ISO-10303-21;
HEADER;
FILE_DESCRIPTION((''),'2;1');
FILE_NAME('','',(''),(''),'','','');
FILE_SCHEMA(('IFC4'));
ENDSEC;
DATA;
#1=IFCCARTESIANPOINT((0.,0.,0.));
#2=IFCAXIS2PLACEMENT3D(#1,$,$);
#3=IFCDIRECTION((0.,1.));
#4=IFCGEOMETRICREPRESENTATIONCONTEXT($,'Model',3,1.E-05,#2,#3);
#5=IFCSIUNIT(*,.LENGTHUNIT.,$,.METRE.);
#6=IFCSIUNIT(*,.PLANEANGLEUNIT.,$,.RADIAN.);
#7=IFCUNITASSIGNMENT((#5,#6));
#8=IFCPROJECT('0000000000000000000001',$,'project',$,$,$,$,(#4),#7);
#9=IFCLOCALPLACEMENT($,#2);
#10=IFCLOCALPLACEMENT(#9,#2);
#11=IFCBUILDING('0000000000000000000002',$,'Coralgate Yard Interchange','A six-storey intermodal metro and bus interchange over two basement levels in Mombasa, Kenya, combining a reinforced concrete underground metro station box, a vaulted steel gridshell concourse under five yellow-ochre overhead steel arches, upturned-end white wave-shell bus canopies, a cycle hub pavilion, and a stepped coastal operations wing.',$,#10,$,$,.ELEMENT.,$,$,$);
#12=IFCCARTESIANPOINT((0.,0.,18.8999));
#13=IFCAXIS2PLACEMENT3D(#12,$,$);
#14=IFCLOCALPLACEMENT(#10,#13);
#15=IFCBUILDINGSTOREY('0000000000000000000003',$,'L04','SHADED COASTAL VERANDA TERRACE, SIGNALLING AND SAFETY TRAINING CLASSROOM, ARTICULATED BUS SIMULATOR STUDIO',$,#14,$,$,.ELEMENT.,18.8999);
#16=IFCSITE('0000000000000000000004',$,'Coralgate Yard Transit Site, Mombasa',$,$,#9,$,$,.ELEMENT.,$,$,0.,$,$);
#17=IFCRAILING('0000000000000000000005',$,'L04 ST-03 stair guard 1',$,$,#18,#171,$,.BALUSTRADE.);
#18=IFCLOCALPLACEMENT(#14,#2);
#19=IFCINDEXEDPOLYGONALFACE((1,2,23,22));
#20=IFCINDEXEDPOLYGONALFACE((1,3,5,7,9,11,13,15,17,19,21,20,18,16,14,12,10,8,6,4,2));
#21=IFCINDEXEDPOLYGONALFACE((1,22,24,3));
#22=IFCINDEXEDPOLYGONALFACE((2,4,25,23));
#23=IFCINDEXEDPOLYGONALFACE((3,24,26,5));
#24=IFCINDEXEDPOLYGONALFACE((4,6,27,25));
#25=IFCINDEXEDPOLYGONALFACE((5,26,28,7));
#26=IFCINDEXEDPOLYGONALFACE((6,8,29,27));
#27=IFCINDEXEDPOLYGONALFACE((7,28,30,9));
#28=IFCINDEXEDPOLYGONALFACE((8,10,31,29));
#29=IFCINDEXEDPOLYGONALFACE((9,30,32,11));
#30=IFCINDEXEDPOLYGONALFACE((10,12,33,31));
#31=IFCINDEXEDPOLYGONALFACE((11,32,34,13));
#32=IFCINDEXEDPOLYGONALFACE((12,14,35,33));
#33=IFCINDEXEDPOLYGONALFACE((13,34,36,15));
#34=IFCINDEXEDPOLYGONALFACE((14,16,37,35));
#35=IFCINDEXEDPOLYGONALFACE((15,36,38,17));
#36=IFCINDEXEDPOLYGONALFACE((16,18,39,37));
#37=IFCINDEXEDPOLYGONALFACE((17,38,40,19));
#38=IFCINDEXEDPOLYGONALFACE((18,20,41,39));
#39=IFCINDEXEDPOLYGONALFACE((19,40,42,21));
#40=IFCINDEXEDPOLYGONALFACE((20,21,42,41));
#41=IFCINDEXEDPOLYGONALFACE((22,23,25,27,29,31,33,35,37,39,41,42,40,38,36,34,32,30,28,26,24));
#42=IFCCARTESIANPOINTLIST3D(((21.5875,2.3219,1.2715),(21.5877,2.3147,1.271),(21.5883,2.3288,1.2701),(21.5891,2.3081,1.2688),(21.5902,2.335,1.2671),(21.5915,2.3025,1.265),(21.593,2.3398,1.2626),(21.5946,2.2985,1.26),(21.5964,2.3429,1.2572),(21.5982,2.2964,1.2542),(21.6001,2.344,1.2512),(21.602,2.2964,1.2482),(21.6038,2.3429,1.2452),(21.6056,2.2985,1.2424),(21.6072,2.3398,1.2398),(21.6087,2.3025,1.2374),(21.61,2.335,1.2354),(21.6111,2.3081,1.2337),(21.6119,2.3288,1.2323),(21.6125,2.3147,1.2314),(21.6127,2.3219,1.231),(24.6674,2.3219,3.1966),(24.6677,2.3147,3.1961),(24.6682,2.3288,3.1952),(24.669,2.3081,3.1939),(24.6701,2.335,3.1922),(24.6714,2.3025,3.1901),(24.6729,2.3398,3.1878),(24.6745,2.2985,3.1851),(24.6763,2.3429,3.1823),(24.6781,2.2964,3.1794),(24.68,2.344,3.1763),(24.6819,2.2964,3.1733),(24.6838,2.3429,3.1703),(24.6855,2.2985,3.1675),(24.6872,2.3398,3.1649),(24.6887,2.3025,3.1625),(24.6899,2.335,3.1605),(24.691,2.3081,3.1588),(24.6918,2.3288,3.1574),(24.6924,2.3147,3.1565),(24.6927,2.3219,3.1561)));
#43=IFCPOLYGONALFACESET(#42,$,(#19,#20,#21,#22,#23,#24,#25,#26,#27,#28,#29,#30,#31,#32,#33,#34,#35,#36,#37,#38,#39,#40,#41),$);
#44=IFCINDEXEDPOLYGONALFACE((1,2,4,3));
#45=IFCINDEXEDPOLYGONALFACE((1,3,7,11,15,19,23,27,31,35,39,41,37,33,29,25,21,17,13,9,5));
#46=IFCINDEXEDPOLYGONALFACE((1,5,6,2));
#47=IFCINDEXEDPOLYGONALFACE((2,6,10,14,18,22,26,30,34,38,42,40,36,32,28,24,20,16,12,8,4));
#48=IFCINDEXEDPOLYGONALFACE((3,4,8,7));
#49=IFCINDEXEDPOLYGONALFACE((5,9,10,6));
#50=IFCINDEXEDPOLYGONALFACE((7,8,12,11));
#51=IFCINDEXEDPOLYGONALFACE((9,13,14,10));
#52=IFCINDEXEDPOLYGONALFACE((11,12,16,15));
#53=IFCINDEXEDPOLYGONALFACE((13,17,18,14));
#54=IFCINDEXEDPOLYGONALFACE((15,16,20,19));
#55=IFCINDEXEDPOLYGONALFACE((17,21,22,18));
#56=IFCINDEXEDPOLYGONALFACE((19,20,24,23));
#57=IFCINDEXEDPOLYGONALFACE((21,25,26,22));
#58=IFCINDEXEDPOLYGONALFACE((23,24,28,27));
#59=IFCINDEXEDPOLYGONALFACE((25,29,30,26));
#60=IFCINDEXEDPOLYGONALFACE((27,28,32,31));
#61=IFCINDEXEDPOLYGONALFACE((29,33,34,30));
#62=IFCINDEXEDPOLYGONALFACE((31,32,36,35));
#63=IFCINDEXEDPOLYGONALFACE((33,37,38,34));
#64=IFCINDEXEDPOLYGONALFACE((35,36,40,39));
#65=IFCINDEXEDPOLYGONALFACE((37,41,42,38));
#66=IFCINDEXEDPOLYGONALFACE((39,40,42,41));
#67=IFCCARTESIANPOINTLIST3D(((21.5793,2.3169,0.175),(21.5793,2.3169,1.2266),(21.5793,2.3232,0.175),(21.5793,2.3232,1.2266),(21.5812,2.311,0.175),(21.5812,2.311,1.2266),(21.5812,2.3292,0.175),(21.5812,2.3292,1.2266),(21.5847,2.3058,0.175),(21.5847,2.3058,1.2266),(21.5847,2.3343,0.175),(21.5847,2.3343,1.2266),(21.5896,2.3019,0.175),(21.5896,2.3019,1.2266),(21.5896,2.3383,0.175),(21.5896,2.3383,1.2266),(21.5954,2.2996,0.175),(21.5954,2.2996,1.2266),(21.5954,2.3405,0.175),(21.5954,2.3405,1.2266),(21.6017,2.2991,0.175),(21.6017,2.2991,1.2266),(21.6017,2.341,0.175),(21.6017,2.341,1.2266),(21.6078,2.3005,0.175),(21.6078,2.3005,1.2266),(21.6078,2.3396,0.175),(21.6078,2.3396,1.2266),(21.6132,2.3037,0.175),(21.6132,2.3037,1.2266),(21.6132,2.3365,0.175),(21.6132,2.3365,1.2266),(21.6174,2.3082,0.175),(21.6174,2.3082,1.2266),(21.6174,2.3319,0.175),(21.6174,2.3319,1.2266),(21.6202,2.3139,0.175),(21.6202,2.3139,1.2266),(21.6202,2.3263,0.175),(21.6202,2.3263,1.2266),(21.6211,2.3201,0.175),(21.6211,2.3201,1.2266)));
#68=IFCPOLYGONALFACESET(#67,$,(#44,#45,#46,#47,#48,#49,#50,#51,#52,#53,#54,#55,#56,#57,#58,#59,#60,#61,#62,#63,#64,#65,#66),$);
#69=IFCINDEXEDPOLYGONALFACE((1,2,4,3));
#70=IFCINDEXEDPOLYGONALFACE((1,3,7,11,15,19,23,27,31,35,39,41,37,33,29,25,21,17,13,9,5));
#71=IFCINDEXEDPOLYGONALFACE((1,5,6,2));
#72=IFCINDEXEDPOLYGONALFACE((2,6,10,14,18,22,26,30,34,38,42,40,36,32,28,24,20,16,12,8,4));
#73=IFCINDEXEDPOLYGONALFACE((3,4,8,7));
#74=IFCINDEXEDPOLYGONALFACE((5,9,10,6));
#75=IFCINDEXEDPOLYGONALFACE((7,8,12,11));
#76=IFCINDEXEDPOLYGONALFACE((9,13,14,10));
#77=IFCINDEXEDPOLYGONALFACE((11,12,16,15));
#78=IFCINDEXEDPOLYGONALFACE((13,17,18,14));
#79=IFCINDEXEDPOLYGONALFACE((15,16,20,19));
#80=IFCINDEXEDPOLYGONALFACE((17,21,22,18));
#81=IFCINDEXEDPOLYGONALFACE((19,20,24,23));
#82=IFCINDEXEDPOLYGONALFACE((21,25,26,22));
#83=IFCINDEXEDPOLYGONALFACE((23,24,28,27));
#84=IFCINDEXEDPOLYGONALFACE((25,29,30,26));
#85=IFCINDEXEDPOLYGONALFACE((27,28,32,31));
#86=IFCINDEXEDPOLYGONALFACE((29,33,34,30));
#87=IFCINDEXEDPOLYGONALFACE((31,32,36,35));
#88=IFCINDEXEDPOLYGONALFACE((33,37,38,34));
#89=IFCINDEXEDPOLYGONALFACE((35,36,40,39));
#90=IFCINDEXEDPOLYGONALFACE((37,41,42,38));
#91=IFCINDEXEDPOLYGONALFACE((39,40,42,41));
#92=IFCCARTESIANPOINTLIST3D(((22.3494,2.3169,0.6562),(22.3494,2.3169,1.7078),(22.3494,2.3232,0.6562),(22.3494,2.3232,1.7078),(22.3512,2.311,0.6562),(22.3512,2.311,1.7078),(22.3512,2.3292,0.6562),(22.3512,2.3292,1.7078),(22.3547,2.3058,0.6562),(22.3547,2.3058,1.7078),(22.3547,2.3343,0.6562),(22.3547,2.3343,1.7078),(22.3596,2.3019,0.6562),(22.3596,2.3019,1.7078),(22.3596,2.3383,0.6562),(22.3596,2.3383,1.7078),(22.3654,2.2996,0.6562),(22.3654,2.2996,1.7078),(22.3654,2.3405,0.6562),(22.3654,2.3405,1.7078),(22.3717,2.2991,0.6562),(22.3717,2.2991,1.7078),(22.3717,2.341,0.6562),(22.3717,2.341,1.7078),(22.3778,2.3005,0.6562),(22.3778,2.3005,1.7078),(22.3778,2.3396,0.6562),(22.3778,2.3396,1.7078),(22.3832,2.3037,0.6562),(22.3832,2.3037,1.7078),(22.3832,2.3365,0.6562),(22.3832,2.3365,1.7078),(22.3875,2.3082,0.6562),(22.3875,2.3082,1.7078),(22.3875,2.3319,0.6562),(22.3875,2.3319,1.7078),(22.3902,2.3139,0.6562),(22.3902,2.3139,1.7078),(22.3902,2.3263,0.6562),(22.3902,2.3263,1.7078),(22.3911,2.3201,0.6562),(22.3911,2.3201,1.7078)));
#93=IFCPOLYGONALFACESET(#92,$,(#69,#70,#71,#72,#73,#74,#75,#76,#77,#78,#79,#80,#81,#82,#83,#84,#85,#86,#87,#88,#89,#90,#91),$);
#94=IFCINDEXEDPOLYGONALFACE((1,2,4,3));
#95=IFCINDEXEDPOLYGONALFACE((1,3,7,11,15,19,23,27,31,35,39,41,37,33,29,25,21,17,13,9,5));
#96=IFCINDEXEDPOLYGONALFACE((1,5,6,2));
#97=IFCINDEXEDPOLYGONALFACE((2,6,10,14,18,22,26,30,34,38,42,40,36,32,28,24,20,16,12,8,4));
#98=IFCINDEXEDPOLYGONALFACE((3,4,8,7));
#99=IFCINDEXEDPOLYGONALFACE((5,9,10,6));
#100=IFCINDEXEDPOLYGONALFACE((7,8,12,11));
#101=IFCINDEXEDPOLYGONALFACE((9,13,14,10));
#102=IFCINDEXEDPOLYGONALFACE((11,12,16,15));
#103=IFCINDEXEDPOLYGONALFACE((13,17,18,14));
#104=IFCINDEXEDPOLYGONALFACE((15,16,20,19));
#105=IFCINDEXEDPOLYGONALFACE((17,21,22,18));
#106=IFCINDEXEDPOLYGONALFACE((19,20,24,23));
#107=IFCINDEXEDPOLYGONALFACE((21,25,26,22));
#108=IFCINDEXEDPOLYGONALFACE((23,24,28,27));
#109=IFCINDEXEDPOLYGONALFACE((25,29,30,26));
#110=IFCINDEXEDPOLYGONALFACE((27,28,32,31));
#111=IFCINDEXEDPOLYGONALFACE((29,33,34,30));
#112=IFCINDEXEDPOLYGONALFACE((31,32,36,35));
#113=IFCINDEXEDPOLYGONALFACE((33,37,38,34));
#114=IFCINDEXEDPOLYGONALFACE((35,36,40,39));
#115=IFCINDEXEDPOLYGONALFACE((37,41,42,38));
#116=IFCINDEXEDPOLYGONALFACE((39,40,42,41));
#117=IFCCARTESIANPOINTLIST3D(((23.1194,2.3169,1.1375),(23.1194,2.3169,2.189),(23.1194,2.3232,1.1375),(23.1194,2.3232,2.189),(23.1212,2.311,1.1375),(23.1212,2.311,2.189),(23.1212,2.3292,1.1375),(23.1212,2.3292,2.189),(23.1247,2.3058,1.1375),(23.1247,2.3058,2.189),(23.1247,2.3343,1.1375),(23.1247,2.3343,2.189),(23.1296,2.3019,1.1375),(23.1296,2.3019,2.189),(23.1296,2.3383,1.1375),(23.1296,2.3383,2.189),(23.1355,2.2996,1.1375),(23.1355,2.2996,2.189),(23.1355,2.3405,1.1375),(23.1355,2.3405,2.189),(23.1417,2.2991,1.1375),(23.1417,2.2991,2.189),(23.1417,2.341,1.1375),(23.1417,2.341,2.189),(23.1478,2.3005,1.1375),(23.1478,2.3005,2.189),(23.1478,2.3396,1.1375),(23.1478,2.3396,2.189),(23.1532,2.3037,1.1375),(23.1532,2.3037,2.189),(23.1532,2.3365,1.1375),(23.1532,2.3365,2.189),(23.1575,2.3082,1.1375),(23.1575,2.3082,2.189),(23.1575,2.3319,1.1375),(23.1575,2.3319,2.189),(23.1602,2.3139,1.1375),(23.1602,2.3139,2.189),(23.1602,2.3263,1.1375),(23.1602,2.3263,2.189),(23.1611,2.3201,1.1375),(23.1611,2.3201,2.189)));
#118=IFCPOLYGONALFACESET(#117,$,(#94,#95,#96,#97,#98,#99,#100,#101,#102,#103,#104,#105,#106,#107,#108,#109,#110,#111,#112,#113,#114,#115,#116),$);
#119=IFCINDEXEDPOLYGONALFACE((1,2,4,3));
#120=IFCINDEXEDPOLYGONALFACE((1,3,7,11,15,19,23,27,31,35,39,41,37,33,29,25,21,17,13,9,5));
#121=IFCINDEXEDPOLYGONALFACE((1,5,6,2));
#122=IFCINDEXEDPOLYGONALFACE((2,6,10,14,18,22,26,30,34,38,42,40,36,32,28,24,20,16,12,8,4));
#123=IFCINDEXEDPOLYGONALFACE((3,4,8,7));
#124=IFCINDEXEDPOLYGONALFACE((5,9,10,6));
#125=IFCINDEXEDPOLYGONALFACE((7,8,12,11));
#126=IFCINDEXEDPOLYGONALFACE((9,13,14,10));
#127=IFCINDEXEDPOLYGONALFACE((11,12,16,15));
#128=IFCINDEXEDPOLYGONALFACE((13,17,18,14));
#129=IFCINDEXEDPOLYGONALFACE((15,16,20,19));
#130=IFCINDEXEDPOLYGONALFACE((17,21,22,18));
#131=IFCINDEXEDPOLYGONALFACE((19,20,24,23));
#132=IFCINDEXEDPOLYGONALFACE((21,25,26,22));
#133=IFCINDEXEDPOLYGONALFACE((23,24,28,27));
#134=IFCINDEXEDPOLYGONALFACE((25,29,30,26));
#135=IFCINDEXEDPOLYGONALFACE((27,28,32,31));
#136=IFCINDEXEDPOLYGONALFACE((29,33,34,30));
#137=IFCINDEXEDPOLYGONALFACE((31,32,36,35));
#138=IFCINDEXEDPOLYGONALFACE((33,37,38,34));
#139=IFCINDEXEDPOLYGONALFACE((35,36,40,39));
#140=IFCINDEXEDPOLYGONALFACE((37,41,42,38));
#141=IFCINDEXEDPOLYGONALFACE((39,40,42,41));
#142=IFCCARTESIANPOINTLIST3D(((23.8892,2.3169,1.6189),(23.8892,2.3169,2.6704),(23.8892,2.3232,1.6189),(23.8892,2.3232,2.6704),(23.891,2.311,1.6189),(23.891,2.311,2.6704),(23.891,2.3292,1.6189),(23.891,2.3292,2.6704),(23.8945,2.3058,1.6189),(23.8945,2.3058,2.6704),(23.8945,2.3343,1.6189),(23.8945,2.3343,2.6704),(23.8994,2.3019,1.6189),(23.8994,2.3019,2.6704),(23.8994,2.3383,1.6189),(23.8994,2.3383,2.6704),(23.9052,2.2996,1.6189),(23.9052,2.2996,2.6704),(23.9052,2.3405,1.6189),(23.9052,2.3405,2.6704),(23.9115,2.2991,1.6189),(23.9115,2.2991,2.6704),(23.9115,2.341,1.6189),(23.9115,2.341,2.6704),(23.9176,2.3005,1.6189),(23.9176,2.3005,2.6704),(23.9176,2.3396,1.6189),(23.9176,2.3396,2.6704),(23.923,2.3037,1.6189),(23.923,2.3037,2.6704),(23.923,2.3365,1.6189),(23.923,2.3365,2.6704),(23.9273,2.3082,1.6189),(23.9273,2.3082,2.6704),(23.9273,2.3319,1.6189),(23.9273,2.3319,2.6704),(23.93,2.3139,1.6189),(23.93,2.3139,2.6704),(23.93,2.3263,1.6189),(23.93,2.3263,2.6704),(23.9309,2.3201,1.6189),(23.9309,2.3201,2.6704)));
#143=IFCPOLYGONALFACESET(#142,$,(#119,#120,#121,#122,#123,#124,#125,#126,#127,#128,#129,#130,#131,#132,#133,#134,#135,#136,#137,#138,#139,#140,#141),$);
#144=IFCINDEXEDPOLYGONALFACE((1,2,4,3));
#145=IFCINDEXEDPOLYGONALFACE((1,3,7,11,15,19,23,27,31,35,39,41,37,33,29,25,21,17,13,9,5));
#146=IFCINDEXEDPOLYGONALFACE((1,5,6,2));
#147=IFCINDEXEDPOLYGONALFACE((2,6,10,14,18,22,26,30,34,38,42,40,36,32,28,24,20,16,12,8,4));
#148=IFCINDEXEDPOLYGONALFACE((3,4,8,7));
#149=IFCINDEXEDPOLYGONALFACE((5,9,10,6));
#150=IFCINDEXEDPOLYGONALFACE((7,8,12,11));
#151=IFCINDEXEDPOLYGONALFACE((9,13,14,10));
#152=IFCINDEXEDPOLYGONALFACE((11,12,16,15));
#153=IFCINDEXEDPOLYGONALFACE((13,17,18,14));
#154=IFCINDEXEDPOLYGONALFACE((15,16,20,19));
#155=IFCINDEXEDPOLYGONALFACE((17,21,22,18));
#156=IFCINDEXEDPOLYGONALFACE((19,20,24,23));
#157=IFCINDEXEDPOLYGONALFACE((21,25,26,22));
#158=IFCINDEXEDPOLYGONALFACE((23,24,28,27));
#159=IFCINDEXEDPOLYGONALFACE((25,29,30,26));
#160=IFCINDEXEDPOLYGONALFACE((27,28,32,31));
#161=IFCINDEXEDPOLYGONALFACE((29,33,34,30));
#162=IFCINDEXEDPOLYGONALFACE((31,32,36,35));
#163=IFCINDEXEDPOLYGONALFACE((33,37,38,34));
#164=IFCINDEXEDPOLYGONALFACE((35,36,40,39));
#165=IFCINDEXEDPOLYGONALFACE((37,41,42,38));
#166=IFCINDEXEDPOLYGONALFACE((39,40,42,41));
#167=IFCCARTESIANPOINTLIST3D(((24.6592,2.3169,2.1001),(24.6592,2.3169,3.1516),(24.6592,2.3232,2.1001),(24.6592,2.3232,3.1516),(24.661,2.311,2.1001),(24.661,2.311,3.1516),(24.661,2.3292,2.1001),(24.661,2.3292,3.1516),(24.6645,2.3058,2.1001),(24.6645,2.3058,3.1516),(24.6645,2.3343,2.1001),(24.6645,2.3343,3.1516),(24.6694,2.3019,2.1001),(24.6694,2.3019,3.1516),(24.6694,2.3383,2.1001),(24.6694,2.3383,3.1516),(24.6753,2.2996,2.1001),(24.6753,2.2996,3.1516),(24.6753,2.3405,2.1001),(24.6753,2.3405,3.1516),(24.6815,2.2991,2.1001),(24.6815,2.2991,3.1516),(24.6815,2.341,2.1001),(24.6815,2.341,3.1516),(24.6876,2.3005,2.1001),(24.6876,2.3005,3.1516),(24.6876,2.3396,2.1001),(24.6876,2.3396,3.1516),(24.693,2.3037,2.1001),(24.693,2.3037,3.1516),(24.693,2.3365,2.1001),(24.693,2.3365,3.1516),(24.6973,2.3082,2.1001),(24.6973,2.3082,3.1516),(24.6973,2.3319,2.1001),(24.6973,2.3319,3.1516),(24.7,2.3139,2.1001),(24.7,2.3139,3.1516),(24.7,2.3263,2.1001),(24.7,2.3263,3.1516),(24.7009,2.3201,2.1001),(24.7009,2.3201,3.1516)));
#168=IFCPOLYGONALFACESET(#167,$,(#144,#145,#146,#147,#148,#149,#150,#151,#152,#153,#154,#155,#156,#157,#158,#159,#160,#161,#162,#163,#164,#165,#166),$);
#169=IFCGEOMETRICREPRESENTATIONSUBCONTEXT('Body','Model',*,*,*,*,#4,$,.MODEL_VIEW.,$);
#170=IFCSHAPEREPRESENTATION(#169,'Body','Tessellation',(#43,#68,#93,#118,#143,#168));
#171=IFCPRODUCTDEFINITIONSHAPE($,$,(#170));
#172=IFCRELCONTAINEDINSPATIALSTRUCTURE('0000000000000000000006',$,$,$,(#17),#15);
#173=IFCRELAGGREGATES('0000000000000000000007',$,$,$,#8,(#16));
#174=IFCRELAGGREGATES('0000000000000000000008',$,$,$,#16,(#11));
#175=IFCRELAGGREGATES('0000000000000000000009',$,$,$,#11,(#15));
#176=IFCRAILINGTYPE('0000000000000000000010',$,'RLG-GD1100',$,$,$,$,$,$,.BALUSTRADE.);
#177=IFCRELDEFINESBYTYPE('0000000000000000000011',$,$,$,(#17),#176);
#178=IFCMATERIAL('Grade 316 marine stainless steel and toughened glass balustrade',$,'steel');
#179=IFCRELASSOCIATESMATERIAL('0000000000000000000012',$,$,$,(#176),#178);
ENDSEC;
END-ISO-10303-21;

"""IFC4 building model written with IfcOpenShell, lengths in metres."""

from ifc_helpers import new_model, si_unit, direction, frame, origin, origin_2d, place, context, subcontext, project, spatial, circle, extrude, material, type_object, element, save


model = new_model("IFC4")

# Units and contexts
model_context = context("Model", 3, precision=1e-05, world=origin(), true_north=direction((0.0, 1.0)))
body_context = subcontext(model_context, "Body", "Model", "MODEL_VIEW")
ifc_project = project(units=[si_unit("LENGTHUNIT", "METRE"), si_unit("PLANEANGLEUNIT", "RADIAN")], contexts=[model_context])

# Site, building, storey
site_placement = place(None, origin())
site = spatial("IfcSite", under=ifc_project, at=site_placement, Name="Coralgate Yard Transit Site, Mombasa", CompositionType="ELEMENT", RefElevation=0.0)
building_placement = place(site_placement, origin())
building = spatial("IfcBuilding", under=site, at=building_placement, Name="Coralgate Yard Interchange", Description="A six-storey intermodal metro and bus interchange over two basement levels in Mombasa, Kenya, combining a reinforced concrete underground metro station box, a vaulted steel gridshell concourse under five yellow-ochre overhead steel arches, upturned-end white wave-shell bus canopies, a cycle hub pavilion, and a stepped coastal operations wing.", CompositionType="ELEMENT")
storey_placement = place(building_placement, frame((0.0, 0.0, 18.8999)))
storey = spatial("IfcBuildingStorey", under=building, at=storey_placement, Name="L04", Description="SHADED COASTAL VERANDA TERRACE, SIGNALLING AND SAFETY TRAINING CLASSROOM, ARTICULATED BUS SIMULATOR STUDIO", CompositionType="ELEMENT", Elevation=18.8999)

# Railing
ifc_material_1 = material(Name="Grade 316 marine stainless steel and toughened glass balustrade", Category="steel")
railing_type_1 = type_object("IfcRailingType", Name="RLG-GD1100", PredefinedType="BALUSTRADE", material=ifc_material_1)
railing_1_placement = place(storey_placement, frame((21.6001, 2.3201, 0.175)))
element("IfcRailing", 1, at=railing_1_placement, inside=storey, type_object=railing_type_1, Name="L04 ST-03 stair guard 1", PredefinedType="BALUSTRADE", context=body_context, shape_type="SweptSolid", body=[
    extrude(circle(Radius=0.0239, at=origin_2d()), frame((0.0, 0.0, 1.0762), z_axis=(0.847979, 0.0, 0.530029), x_axis=(0.0, 1.0, 0.0)), (0.0, 0.0, 1.0), 3.6321),
    extrude(circle(Radius=0.021, at=origin_2d()), origin(), (0.0, 0.0, 1.0), 1.0515),
    extrude(circle(Radius=0.021, at=origin_2d()), frame((0.77, 0.0, 0.4812)), (0.0, 0.0, 1.0), 1.0515),
    extrude(circle(Radius=0.021, at=origin_2d()), frame((1.54, 0.0, 0.9624)), (0.0, 0.0, 1.0), 1.0515),
    extrude(circle(Radius=0.021, at=origin_2d()), frame((2.3098, 0.0, 1.4438)), (0.0, 0.0, 1.0), 1.0515),
    extrude(circle(Radius=0.021, at=origin_2d()), frame((3.0798, 0.0, 1.925)), (0.0, 0.0, 1.0), 1.0515),
])

save(model, "model.ifc")
